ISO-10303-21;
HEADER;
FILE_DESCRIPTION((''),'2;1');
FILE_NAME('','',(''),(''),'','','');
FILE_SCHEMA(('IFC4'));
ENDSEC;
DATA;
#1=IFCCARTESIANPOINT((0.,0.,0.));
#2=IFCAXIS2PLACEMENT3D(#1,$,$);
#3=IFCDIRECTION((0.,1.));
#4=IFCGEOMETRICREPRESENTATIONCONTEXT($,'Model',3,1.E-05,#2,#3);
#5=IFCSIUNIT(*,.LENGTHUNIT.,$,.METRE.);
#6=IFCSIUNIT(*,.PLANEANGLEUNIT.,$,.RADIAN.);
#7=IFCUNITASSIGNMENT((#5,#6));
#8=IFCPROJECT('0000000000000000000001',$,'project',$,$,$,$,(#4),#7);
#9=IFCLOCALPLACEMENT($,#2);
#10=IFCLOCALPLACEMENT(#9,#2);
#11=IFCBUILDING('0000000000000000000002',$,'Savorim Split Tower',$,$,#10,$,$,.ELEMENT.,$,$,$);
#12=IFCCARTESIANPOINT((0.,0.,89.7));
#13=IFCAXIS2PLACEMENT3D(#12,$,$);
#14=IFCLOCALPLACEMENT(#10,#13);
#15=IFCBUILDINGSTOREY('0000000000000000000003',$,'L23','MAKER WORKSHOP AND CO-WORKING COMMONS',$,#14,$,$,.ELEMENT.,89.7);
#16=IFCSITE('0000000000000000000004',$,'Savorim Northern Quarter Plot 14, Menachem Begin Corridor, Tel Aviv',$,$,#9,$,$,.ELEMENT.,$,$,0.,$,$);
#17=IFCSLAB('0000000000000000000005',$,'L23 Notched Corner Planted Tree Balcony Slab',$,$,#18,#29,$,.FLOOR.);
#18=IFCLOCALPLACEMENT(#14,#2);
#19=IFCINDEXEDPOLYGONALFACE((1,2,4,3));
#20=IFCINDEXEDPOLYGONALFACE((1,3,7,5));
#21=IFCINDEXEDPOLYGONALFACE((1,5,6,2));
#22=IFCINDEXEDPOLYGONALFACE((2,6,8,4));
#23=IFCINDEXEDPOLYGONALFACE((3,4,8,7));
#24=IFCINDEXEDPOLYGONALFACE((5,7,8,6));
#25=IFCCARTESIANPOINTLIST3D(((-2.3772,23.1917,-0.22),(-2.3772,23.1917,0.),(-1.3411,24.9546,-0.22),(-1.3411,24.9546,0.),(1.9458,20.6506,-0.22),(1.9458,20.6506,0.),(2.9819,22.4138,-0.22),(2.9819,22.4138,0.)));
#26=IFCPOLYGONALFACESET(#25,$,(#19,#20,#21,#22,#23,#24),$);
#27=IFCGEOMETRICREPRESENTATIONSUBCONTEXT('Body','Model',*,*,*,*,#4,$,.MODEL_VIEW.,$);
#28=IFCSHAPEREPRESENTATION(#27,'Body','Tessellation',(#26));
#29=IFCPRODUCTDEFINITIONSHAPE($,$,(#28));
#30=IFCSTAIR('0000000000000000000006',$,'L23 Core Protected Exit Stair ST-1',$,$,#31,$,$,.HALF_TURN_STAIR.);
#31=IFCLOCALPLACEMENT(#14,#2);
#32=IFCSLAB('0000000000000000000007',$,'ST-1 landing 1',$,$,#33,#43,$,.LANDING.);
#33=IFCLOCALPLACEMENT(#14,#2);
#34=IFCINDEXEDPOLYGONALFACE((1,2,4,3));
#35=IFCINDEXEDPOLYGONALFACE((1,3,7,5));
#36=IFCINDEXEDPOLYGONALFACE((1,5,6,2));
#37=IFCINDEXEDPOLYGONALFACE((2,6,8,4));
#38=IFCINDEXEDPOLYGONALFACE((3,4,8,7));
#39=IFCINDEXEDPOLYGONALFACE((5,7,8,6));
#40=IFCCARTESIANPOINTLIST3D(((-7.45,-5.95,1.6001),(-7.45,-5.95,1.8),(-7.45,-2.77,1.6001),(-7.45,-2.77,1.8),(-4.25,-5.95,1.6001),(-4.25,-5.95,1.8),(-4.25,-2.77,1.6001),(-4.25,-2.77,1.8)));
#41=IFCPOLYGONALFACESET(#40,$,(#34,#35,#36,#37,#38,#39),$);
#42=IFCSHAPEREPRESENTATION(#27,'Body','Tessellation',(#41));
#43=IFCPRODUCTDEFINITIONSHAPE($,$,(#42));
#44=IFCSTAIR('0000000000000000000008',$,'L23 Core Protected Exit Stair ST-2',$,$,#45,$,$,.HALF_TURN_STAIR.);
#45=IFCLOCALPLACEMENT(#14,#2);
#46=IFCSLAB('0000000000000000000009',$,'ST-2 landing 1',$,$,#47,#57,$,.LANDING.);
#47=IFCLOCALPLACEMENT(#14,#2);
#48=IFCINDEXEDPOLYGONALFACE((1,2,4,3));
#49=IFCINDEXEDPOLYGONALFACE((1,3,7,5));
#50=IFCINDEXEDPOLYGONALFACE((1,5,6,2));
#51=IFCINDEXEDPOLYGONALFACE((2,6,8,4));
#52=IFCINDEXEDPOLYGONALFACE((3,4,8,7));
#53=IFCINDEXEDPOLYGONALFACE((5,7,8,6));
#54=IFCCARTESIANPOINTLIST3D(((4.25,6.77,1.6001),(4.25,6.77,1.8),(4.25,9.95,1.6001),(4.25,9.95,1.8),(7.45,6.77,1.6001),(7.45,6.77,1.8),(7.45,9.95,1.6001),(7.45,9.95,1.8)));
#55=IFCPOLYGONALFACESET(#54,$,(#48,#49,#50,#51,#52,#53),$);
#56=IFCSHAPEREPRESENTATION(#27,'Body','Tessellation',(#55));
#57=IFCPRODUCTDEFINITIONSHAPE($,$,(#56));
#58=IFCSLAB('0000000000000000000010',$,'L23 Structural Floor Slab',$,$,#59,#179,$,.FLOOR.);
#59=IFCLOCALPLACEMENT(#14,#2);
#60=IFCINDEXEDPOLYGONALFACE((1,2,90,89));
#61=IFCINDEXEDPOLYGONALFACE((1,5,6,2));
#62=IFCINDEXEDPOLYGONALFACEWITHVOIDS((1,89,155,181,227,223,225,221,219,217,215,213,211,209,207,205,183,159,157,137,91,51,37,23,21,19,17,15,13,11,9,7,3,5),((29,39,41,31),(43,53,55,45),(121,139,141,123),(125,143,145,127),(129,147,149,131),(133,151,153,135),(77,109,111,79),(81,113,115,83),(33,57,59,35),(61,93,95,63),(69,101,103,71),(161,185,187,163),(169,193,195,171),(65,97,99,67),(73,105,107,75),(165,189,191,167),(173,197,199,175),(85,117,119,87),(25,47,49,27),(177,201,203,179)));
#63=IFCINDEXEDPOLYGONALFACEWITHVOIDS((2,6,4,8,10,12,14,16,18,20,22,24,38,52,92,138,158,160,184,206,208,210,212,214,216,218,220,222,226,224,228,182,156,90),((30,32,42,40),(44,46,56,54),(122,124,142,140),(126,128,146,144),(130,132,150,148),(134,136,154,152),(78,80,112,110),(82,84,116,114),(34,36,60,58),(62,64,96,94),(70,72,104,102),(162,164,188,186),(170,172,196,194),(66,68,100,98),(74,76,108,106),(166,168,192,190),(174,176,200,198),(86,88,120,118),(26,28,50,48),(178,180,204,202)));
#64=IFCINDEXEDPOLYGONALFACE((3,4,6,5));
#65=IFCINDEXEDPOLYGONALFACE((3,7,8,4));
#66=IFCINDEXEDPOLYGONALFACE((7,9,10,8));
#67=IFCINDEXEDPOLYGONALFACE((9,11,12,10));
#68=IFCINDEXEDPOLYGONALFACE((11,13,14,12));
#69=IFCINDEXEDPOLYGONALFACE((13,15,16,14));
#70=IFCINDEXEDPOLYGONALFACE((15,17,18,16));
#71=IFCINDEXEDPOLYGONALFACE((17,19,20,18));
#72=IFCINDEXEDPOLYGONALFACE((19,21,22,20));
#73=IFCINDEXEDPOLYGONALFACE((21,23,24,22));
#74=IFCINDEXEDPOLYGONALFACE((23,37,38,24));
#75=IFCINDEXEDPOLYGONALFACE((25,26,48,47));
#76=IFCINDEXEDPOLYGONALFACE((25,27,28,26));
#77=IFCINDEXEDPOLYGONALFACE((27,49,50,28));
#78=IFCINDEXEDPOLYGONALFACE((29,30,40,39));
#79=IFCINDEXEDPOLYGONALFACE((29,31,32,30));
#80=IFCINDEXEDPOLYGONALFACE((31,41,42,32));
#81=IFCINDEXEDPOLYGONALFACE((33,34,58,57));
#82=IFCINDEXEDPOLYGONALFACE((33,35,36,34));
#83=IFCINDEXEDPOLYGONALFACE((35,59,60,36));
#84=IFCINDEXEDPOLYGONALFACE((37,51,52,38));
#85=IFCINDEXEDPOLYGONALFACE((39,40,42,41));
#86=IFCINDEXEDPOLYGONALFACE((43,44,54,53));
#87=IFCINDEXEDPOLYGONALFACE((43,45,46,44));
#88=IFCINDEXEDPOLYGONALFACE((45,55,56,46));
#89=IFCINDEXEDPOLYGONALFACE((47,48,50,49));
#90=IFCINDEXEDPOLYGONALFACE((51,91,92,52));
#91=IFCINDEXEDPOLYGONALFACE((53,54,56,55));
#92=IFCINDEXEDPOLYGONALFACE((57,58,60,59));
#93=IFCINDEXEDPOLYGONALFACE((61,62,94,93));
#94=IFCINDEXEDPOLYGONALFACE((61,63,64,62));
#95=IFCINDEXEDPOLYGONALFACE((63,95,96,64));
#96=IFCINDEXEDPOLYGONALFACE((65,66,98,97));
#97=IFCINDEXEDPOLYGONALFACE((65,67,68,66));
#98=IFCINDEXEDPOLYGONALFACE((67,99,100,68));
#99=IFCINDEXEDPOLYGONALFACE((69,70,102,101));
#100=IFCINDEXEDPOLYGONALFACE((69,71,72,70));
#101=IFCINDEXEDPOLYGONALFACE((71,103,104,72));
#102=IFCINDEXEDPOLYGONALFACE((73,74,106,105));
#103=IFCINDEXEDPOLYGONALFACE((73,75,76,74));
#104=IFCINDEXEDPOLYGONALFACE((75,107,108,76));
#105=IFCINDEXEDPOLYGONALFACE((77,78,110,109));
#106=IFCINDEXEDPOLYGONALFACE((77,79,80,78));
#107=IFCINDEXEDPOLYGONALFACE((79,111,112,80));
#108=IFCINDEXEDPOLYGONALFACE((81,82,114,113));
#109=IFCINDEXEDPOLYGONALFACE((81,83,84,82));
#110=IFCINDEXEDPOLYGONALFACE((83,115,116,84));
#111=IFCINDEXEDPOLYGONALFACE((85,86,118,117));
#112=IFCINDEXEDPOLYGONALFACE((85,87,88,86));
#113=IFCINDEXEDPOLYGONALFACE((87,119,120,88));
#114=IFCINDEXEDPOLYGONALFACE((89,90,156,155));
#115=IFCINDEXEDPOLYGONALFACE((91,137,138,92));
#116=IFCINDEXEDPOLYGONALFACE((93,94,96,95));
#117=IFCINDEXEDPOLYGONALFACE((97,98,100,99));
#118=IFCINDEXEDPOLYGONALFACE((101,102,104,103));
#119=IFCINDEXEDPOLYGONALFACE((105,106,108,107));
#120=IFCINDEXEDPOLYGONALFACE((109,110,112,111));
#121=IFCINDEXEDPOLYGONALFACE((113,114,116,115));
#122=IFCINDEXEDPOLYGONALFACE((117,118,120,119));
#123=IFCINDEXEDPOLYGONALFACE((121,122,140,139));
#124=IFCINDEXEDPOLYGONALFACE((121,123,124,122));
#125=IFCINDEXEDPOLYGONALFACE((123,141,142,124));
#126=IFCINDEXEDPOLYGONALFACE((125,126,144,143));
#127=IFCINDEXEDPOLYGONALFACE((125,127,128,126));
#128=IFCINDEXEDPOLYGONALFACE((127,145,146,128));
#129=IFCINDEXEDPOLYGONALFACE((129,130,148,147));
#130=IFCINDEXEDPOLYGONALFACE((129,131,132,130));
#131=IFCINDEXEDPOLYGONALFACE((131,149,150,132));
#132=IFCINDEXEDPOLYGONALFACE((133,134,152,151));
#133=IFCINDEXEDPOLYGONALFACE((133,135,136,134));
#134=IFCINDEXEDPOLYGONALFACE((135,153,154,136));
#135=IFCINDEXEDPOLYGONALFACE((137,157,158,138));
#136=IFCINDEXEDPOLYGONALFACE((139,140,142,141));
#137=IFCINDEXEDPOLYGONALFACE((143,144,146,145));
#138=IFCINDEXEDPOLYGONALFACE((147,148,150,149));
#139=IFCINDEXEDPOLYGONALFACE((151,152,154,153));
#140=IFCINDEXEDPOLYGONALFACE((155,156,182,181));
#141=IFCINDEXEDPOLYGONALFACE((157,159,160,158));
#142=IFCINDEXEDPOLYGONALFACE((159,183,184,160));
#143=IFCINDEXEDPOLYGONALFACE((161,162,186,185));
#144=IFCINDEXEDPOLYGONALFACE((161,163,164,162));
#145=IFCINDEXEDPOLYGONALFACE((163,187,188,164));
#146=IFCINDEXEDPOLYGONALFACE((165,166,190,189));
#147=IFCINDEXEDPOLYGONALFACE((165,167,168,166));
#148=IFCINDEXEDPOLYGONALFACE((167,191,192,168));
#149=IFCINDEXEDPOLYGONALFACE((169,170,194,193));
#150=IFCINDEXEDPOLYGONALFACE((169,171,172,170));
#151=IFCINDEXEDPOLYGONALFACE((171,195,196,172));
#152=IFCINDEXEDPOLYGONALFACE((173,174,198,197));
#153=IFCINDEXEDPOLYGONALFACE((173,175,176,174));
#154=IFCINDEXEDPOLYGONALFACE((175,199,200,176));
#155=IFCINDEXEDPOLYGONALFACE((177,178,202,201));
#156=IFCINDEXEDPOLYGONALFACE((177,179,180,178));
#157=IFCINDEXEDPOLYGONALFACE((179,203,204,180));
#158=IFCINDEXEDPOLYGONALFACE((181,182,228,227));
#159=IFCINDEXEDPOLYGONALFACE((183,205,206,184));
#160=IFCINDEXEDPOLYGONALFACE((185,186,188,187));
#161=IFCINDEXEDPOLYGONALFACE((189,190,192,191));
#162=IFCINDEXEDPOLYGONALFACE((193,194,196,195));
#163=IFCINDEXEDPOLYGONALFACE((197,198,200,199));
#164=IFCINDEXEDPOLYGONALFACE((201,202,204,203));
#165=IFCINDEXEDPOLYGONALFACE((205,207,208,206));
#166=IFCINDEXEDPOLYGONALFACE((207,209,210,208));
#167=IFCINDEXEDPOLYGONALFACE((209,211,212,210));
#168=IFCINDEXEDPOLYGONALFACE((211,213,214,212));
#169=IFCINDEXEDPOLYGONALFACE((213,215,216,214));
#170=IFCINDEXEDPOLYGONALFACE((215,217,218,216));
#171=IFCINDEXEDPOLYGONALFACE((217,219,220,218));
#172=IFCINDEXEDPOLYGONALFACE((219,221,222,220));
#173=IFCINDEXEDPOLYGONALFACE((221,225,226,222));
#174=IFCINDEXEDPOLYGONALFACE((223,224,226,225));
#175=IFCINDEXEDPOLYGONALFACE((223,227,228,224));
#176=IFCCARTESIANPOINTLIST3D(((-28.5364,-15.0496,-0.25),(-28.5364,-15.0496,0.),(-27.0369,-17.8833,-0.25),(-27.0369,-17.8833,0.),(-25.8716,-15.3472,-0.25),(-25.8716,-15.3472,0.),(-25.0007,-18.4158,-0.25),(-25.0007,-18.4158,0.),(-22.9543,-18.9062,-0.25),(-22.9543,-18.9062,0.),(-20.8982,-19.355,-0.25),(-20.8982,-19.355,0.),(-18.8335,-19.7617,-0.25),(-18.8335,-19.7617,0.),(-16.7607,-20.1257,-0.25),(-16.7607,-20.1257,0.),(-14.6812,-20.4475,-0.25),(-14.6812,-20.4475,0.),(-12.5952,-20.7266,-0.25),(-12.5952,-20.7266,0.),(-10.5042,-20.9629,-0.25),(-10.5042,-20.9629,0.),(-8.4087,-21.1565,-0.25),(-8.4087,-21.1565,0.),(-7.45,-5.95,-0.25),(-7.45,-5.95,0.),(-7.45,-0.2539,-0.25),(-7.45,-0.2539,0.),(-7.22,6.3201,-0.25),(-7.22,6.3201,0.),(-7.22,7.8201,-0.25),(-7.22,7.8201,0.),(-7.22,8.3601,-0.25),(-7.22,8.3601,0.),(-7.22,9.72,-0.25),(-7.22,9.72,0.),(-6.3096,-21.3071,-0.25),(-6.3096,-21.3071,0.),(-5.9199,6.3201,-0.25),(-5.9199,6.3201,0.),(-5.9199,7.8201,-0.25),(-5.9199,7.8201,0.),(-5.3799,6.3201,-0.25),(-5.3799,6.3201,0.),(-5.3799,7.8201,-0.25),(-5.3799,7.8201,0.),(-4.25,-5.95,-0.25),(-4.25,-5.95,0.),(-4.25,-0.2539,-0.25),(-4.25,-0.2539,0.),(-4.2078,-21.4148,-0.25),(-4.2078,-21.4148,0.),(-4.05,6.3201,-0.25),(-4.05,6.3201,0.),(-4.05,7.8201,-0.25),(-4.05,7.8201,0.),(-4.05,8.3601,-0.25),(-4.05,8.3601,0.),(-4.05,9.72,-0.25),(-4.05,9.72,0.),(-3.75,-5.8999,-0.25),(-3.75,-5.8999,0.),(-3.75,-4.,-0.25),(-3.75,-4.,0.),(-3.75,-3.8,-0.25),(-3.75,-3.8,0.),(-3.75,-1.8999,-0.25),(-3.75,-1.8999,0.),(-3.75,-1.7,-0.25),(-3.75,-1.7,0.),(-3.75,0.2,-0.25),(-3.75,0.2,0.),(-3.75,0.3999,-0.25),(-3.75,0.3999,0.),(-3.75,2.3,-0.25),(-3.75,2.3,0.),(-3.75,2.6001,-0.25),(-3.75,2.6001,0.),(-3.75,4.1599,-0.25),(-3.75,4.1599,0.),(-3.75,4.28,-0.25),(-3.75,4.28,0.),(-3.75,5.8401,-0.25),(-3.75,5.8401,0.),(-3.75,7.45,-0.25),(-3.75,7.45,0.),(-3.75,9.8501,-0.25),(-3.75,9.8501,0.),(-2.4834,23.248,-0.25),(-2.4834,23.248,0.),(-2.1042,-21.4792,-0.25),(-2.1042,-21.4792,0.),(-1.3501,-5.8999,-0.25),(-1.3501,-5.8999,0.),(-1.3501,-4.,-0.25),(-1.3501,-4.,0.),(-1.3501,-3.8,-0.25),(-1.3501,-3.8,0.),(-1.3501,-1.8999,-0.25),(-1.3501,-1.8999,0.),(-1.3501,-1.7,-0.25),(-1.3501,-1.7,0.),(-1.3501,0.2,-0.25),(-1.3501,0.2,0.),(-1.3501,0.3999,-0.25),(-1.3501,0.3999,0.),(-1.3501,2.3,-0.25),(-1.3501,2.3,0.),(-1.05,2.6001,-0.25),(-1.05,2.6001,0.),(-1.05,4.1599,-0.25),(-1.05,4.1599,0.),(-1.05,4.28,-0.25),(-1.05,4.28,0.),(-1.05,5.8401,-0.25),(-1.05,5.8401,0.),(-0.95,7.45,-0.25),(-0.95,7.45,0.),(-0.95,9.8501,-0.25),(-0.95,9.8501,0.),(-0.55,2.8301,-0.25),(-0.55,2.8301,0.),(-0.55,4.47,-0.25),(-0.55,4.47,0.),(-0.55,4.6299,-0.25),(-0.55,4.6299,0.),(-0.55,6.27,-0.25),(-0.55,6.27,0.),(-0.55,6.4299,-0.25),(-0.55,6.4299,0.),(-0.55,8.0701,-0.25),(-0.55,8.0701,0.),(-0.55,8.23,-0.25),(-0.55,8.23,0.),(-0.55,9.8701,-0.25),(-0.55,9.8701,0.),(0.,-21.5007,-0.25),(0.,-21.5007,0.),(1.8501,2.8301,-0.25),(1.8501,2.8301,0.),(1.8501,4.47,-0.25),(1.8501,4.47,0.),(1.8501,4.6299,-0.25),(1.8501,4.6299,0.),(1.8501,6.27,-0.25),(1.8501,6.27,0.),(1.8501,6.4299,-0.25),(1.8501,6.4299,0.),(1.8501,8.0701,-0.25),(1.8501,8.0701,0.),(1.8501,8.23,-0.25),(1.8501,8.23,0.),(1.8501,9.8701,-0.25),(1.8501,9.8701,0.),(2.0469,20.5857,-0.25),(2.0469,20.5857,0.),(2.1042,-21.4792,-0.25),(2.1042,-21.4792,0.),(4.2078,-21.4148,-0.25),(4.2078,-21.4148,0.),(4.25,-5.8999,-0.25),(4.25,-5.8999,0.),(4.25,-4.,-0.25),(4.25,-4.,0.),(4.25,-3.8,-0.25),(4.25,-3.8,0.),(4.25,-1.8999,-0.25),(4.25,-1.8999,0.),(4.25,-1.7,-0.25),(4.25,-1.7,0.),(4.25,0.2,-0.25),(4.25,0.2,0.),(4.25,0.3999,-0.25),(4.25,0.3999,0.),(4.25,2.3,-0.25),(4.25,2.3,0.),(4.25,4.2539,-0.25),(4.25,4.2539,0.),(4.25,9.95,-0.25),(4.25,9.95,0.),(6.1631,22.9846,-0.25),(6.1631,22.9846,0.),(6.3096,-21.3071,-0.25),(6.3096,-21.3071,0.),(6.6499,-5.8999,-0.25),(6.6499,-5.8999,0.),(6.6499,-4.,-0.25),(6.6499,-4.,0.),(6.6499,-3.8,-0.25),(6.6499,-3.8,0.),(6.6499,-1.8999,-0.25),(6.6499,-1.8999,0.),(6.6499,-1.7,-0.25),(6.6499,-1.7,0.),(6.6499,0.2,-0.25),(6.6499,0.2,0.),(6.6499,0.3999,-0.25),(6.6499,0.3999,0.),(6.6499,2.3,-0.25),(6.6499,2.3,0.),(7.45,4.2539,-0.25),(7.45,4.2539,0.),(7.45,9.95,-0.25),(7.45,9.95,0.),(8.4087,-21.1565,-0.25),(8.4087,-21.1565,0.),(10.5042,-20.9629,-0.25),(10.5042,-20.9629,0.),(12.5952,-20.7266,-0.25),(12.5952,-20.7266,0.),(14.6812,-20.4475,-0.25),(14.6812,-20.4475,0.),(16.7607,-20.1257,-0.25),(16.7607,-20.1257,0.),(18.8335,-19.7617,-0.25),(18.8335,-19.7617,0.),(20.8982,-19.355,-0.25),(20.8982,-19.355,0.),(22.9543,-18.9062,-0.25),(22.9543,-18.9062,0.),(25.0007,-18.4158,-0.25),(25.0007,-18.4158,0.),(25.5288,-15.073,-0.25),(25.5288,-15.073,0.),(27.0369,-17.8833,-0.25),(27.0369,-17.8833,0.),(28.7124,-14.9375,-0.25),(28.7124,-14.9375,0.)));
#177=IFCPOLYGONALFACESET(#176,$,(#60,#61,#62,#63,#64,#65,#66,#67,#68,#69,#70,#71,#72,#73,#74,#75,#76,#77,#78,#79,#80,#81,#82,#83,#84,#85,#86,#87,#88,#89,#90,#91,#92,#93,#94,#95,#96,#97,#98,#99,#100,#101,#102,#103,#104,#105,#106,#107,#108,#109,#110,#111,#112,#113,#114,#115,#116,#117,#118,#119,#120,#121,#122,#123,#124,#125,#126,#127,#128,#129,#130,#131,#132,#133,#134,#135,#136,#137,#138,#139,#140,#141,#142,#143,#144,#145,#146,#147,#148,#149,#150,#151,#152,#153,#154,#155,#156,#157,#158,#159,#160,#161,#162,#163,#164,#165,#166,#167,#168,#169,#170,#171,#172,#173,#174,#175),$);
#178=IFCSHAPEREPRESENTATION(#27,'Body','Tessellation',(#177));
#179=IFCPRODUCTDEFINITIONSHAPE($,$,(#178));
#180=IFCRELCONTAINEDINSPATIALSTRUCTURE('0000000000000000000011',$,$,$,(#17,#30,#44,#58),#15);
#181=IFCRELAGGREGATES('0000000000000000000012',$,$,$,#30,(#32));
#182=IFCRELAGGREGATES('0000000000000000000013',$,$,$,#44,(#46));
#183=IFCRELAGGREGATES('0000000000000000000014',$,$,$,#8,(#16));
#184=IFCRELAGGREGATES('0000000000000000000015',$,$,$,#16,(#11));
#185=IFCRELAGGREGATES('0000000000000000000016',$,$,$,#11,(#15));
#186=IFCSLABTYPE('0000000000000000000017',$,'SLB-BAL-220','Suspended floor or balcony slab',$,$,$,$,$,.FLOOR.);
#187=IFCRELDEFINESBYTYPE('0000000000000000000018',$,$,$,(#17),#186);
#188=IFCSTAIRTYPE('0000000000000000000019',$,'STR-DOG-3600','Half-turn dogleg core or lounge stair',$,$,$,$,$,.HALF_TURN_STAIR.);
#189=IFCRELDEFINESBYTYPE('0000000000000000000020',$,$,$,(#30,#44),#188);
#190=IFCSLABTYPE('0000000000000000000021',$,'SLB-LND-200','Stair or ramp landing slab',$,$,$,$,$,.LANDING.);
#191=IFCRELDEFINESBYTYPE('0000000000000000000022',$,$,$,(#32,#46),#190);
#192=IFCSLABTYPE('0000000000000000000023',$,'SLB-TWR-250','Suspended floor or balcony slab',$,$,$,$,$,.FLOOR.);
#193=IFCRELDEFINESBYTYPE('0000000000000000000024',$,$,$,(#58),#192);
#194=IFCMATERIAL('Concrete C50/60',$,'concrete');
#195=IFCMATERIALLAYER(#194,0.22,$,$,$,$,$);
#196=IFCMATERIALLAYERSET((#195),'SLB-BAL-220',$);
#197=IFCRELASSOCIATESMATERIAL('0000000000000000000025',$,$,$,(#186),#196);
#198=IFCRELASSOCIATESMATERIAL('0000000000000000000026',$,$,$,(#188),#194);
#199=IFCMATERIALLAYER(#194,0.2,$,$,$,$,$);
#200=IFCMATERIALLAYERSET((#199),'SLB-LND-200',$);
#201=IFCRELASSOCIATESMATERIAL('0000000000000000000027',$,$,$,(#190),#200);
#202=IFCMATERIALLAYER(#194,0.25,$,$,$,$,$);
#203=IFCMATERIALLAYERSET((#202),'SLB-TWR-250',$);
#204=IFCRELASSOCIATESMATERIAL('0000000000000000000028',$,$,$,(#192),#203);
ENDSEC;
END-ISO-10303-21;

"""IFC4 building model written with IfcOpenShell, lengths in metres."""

from ifc_helpers import new_model, si_unit, direction, frame, origin, place, context, subcontext, project, spatial, polyline, outline, extrude, material, layer, layer_set, type_object, element, aggregate, save


model = new_model("IFC4")

# Units and contexts
model_context = context("Model", 3, precision=1e-05, world=origin(), true_north=direction((0.0, 1.0)))
body_context = subcontext(model_context, "Body", "Model", "MODEL_VIEW")
ifc_project = project(units=[si_unit("LENGTHUNIT", "METRE"), si_unit("PLANEANGLEUNIT", "RADIAN")], contexts=[model_context])

# Site, building, storey
site_placement = place(None, origin())
site = spatial("IfcSite", under=ifc_project, at=site_placement, Name="Savorim Northern Quarter Plot 14, Menachem Begin Corridor, Tel Aviv", CompositionType="ELEMENT", RefElevation=0.0)
building_placement = place(site_placement, origin())
building = spatial("IfcBuilding", under=site, at=building_placement, Name="Savorim Split Tower", CompositionType="ELEMENT")
storey_placement = place(building_placement, frame((0.0, 0.0, 89.7)))
storey = spatial("IfcBuildingStorey", under=building, at=storey_placement, Name="L23", Description="MAKER WORKSHOP AND CO-WORKING COMMONS", CompositionType="ELEMENT", Elevation=89.7)

# Slab
ifc_material_1 = material(Name="Concrete C50/60", Category="concrete")
ifc_layer_1 = layer(ifc_material_1, 0.22)
ifc_layer_set_1 = layer_set([ifc_layer_1], Name="SLB-BAL-220")
slab_type_1 = type_object("IfcSlabType", Name="SLB-BAL-220", Description="Suspended floor or balcony slab", PredefinedType="FLOOR", material=ifc_layer_set_1)
slab_1_placement = place(storey_placement, frame((0.0, 0.0, -0.22)))
element("IfcSlab", 1, at=slab_1_placement, inside=storey, type_object=slab_type_1, Name="L23 Notched Corner Planted Tree Balcony Slab", PredefinedType="FLOOR", context=body_context, shape_type="SweptSolid", body=[
    extrude(outline(polyline([(-2.3772, 23.1917), (1.9458, 20.6506), (2.9819, 22.4138), (-1.3411, 24.9546), (-2.3772, 23.1917)])), origin(), (0.0, 0.0, 1.0), 0.22),
])

# Stairs, slabs
stair_type = type_object("IfcStairType", Name="STR-DOG-3600", Description="Half-turn dogleg core or lounge stair", PredefinedType="HALF_TURN_STAIR", material=ifc_material_1)
stair_1_placement = place(storey_placement, origin())
stair_1 = element("IfcStair", 2, at=stair_1_placement, inside=storey, type_object=stair_type, Name="L23 Core Protected Exit Stair ST-1", PredefinedType="HALF_TURN_STAIR")
ifc_layer_2 = layer(ifc_material_1, 0.2)
ifc_layer_set_2 = layer_set([ifc_layer_2], Name="SLB-LND-200")
slab_type_2 = type_object("IfcSlabType", Name="SLB-LND-200", Description="Stair or ramp landing slab", PredefinedType="LANDING", material=ifc_layer_set_2)
slab_2_placement = place(storey_placement, frame((0.0, 0.0, 1.6001)))
slab_2 = element("IfcSlab", 3, at=slab_2_placement, type_object=slab_type_2, Name="ST-1 landing 1", PredefinedType="LANDING", context=body_context, shape_type="SweptSolid", body=[
    extrude(outline(polyline([(-7.45, -2.77), (-7.45, -5.95), (-4.25, -5.95), (-4.25, -2.77), (-7.45, -2.77)])), origin(), (0.0, 0.0, 1.0), 0.2),
])
aggregate(stair_1, [slab_2])
stair_2_placement = place(storey_placement, origin())
stair_2 = element("IfcStair", 4, at=stair_2_placement, inside=storey, type_object=stair_type, Name="L23 Core Protected Exit Stair ST-2", PredefinedType="HALF_TURN_STAIR")
slab_3_placement = place(storey_placement, frame((0.0, 0.0, 1.6001)))
slab_3 = element("IfcSlab", 5, at=slab_3_placement, type_object=slab_type_2, Name="ST-2 landing 1", PredefinedType="LANDING", context=body_context, shape_type="SweptSolid", body=[
    extrude(outline(polyline([(7.45, 6.77), (7.45, 9.95), (4.25, 9.95), (4.25, 6.77), (7.45, 6.77)])), origin(), (0.0, 0.0, 1.0), 0.2),
])
aggregate(stair_2, [slab_3])

# Slab
ifc_layer_3 = layer(ifc_material_1, 0.25)
ifc_layer_set_3 = layer_set([ifc_layer_3], Name="SLB-TWR-250")
slab_type_3 = type_object("IfcSlabType", Name="SLB-TWR-250", Description="Suspended floor or balcony slab", PredefinedType="FLOOR", material=ifc_layer_set_3)
slab_4_placement = place(storey_placement, frame((0.0, 0.0, -0.25)))
element("IfcSlab", 6, at=slab_4_placement, inside=storey, type_object=slab_type_3, Name="L23 Structural Floor Slab", PredefinedType="FLOOR", context=body_context, shape_type="SweptSolid", body=[
    extrude(outline(polyline([(-27.0369, -17.8833), (-25.0007, -18.4158), (-22.9543, -18.9062), (-20.8982, -19.355), (-18.8335, -19.7617), (-16.7607, -20.1257), (-14.6812, -20.4475), (-12.5952, -20.7266), (-10.5042, -20.9629), (-8.4087, -21.1565), (-6.3096, -21.3071), (-4.2078, -21.4148), (-2.1042, -21.4792), (0.0, -21.5007), (2.1042, -21.4792), (4.2078, -21.4148), (6.3096, -21.3071), (8.4087, -21.1565), (10.5042, -20.9629), (12.5952, -20.7266), (14.6812, -20.4475), (16.7607, -20.1257), (18.8335, -19.7617), (20.8982, -19.355), (22.9543, -18.9062), (25.0007, -18.4158), (27.0369, -17.8833), (25.5288, -15.073), (28.7124, -14.9375), (6.1631, 22.9846), (2.0469, 20.5857), (-2.4834, 23.248), (-28.5364, -15.0496), (-25.8716, -15.3472), (-27.0369, -17.8833)]), holes=[polyline([(-7.45, -0.2539), (-7.45, -5.95), (-4.25, -5.95), (-4.25, -0.2539), (-7.45, -0.2539)]), polyline([(7.45, 4.2539), (7.45, 9.95), (4.25, 9.95), (4.25, 4.2539), (7.45, 4.2539)]), polyline([(4.25, -5.8999), (6.6499, -5.8999), (6.6499, -4.0), (4.25, -4.0), (4.25, -5.8999)]), polyline([(4.25, -3.8), (6.6499, -3.8), (6.6499, -1.8999), (4.25, -1.8999), (4.25, -3.8)]), polyline([(4.25, -1.7), (6.6499, -1.7), (6.6499, 0.2), (4.25, 0.2), (4.25, -1.7)]), polyline([(4.25, 0.3999), (6.6499, 0.3999), (6.6499, 2.3), (4.25, 2.3), (4.25, 0.3999)]), polyline([(-3.75, -5.8999), (-1.3501, -5.8999), (-1.3501, -4.0), (-3.75, -4.0), (-3.75, -5.8999)]), polyline([(-3.75, -3.8), (-1.3501, -3.8), (-1.3501, -1.8999), (-3.75, -1.8999), (-3.75, -3.8)]), polyline([(-3.75, -1.7), (-1.3501, -1.7), (-1.3501, 0.2), (-3.75, 0.2), (-3.75, -1.7)]), polyline([(-3.75, 0.3999), (-1.3501, 0.3999), (-1.3501, 2.3), (-3.75, 2.3), (-3.75, 0.3999)]), polyline([(-0.55, 2.8301), (1.8501, 2.8301), (1.8501, 4.47), (-0.55, 4.47), (-0.55, 2.8301)]), polyline([(-0.55, 4.6299), (1.8501, 4.6299), (1.8501, 6.27), (-0.55, 6.27), (-0.55, 4.6299)]), polyline([(-0.55, 6.4299), (1.8501, 6.4299), (1.8501, 8.0701), (-0.55, 8.0701), (-0.55, 6.4299)]), polyline([(-0.55, 8.23), (1.8501, 8.23), (1.8501, 9.8701), (-0.55, 9.8701), (-0.55, 8.23)]), polyline([(-3.75, 2.6001), (-1.05, 2.6001), (-1.05, 4.1599), (-3.75, 4.1599), (-3.75, 2.6001)]), polyline([(-3.75, 4.28), (-1.05, 4.28), (-1.05, 5.8401), (-3.75, 5.8401), (-3.75, 4.28)]), polyline([(-3.75, 7.45), (-0.95, 7.45), (-0.95, 9.8501), (-3.75, 9.8501), (-3.75, 7.45)]), polyline([(-7.22, 6.3201), (-5.9199, 6.3201), (-5.9199, 7.8201), (-7.22, 7.8201), (-7.22, 6.3201)]), polyline([(-5.3799, 6.3201), (-4.05, 6.3201), (-4.05, 7.8201), (-5.3799, 7.8201), (-5.3799, 6.3201)]), polyline([(-7.22, 8.3601), (-4.05, 8.3601), (-4.05, 9.72), (-7.22, 9.72), (-7.22, 8.3601)])]), origin(), (0.0, 0.0, 1.0), 0.25),
])

save(model, "model.ifc")
